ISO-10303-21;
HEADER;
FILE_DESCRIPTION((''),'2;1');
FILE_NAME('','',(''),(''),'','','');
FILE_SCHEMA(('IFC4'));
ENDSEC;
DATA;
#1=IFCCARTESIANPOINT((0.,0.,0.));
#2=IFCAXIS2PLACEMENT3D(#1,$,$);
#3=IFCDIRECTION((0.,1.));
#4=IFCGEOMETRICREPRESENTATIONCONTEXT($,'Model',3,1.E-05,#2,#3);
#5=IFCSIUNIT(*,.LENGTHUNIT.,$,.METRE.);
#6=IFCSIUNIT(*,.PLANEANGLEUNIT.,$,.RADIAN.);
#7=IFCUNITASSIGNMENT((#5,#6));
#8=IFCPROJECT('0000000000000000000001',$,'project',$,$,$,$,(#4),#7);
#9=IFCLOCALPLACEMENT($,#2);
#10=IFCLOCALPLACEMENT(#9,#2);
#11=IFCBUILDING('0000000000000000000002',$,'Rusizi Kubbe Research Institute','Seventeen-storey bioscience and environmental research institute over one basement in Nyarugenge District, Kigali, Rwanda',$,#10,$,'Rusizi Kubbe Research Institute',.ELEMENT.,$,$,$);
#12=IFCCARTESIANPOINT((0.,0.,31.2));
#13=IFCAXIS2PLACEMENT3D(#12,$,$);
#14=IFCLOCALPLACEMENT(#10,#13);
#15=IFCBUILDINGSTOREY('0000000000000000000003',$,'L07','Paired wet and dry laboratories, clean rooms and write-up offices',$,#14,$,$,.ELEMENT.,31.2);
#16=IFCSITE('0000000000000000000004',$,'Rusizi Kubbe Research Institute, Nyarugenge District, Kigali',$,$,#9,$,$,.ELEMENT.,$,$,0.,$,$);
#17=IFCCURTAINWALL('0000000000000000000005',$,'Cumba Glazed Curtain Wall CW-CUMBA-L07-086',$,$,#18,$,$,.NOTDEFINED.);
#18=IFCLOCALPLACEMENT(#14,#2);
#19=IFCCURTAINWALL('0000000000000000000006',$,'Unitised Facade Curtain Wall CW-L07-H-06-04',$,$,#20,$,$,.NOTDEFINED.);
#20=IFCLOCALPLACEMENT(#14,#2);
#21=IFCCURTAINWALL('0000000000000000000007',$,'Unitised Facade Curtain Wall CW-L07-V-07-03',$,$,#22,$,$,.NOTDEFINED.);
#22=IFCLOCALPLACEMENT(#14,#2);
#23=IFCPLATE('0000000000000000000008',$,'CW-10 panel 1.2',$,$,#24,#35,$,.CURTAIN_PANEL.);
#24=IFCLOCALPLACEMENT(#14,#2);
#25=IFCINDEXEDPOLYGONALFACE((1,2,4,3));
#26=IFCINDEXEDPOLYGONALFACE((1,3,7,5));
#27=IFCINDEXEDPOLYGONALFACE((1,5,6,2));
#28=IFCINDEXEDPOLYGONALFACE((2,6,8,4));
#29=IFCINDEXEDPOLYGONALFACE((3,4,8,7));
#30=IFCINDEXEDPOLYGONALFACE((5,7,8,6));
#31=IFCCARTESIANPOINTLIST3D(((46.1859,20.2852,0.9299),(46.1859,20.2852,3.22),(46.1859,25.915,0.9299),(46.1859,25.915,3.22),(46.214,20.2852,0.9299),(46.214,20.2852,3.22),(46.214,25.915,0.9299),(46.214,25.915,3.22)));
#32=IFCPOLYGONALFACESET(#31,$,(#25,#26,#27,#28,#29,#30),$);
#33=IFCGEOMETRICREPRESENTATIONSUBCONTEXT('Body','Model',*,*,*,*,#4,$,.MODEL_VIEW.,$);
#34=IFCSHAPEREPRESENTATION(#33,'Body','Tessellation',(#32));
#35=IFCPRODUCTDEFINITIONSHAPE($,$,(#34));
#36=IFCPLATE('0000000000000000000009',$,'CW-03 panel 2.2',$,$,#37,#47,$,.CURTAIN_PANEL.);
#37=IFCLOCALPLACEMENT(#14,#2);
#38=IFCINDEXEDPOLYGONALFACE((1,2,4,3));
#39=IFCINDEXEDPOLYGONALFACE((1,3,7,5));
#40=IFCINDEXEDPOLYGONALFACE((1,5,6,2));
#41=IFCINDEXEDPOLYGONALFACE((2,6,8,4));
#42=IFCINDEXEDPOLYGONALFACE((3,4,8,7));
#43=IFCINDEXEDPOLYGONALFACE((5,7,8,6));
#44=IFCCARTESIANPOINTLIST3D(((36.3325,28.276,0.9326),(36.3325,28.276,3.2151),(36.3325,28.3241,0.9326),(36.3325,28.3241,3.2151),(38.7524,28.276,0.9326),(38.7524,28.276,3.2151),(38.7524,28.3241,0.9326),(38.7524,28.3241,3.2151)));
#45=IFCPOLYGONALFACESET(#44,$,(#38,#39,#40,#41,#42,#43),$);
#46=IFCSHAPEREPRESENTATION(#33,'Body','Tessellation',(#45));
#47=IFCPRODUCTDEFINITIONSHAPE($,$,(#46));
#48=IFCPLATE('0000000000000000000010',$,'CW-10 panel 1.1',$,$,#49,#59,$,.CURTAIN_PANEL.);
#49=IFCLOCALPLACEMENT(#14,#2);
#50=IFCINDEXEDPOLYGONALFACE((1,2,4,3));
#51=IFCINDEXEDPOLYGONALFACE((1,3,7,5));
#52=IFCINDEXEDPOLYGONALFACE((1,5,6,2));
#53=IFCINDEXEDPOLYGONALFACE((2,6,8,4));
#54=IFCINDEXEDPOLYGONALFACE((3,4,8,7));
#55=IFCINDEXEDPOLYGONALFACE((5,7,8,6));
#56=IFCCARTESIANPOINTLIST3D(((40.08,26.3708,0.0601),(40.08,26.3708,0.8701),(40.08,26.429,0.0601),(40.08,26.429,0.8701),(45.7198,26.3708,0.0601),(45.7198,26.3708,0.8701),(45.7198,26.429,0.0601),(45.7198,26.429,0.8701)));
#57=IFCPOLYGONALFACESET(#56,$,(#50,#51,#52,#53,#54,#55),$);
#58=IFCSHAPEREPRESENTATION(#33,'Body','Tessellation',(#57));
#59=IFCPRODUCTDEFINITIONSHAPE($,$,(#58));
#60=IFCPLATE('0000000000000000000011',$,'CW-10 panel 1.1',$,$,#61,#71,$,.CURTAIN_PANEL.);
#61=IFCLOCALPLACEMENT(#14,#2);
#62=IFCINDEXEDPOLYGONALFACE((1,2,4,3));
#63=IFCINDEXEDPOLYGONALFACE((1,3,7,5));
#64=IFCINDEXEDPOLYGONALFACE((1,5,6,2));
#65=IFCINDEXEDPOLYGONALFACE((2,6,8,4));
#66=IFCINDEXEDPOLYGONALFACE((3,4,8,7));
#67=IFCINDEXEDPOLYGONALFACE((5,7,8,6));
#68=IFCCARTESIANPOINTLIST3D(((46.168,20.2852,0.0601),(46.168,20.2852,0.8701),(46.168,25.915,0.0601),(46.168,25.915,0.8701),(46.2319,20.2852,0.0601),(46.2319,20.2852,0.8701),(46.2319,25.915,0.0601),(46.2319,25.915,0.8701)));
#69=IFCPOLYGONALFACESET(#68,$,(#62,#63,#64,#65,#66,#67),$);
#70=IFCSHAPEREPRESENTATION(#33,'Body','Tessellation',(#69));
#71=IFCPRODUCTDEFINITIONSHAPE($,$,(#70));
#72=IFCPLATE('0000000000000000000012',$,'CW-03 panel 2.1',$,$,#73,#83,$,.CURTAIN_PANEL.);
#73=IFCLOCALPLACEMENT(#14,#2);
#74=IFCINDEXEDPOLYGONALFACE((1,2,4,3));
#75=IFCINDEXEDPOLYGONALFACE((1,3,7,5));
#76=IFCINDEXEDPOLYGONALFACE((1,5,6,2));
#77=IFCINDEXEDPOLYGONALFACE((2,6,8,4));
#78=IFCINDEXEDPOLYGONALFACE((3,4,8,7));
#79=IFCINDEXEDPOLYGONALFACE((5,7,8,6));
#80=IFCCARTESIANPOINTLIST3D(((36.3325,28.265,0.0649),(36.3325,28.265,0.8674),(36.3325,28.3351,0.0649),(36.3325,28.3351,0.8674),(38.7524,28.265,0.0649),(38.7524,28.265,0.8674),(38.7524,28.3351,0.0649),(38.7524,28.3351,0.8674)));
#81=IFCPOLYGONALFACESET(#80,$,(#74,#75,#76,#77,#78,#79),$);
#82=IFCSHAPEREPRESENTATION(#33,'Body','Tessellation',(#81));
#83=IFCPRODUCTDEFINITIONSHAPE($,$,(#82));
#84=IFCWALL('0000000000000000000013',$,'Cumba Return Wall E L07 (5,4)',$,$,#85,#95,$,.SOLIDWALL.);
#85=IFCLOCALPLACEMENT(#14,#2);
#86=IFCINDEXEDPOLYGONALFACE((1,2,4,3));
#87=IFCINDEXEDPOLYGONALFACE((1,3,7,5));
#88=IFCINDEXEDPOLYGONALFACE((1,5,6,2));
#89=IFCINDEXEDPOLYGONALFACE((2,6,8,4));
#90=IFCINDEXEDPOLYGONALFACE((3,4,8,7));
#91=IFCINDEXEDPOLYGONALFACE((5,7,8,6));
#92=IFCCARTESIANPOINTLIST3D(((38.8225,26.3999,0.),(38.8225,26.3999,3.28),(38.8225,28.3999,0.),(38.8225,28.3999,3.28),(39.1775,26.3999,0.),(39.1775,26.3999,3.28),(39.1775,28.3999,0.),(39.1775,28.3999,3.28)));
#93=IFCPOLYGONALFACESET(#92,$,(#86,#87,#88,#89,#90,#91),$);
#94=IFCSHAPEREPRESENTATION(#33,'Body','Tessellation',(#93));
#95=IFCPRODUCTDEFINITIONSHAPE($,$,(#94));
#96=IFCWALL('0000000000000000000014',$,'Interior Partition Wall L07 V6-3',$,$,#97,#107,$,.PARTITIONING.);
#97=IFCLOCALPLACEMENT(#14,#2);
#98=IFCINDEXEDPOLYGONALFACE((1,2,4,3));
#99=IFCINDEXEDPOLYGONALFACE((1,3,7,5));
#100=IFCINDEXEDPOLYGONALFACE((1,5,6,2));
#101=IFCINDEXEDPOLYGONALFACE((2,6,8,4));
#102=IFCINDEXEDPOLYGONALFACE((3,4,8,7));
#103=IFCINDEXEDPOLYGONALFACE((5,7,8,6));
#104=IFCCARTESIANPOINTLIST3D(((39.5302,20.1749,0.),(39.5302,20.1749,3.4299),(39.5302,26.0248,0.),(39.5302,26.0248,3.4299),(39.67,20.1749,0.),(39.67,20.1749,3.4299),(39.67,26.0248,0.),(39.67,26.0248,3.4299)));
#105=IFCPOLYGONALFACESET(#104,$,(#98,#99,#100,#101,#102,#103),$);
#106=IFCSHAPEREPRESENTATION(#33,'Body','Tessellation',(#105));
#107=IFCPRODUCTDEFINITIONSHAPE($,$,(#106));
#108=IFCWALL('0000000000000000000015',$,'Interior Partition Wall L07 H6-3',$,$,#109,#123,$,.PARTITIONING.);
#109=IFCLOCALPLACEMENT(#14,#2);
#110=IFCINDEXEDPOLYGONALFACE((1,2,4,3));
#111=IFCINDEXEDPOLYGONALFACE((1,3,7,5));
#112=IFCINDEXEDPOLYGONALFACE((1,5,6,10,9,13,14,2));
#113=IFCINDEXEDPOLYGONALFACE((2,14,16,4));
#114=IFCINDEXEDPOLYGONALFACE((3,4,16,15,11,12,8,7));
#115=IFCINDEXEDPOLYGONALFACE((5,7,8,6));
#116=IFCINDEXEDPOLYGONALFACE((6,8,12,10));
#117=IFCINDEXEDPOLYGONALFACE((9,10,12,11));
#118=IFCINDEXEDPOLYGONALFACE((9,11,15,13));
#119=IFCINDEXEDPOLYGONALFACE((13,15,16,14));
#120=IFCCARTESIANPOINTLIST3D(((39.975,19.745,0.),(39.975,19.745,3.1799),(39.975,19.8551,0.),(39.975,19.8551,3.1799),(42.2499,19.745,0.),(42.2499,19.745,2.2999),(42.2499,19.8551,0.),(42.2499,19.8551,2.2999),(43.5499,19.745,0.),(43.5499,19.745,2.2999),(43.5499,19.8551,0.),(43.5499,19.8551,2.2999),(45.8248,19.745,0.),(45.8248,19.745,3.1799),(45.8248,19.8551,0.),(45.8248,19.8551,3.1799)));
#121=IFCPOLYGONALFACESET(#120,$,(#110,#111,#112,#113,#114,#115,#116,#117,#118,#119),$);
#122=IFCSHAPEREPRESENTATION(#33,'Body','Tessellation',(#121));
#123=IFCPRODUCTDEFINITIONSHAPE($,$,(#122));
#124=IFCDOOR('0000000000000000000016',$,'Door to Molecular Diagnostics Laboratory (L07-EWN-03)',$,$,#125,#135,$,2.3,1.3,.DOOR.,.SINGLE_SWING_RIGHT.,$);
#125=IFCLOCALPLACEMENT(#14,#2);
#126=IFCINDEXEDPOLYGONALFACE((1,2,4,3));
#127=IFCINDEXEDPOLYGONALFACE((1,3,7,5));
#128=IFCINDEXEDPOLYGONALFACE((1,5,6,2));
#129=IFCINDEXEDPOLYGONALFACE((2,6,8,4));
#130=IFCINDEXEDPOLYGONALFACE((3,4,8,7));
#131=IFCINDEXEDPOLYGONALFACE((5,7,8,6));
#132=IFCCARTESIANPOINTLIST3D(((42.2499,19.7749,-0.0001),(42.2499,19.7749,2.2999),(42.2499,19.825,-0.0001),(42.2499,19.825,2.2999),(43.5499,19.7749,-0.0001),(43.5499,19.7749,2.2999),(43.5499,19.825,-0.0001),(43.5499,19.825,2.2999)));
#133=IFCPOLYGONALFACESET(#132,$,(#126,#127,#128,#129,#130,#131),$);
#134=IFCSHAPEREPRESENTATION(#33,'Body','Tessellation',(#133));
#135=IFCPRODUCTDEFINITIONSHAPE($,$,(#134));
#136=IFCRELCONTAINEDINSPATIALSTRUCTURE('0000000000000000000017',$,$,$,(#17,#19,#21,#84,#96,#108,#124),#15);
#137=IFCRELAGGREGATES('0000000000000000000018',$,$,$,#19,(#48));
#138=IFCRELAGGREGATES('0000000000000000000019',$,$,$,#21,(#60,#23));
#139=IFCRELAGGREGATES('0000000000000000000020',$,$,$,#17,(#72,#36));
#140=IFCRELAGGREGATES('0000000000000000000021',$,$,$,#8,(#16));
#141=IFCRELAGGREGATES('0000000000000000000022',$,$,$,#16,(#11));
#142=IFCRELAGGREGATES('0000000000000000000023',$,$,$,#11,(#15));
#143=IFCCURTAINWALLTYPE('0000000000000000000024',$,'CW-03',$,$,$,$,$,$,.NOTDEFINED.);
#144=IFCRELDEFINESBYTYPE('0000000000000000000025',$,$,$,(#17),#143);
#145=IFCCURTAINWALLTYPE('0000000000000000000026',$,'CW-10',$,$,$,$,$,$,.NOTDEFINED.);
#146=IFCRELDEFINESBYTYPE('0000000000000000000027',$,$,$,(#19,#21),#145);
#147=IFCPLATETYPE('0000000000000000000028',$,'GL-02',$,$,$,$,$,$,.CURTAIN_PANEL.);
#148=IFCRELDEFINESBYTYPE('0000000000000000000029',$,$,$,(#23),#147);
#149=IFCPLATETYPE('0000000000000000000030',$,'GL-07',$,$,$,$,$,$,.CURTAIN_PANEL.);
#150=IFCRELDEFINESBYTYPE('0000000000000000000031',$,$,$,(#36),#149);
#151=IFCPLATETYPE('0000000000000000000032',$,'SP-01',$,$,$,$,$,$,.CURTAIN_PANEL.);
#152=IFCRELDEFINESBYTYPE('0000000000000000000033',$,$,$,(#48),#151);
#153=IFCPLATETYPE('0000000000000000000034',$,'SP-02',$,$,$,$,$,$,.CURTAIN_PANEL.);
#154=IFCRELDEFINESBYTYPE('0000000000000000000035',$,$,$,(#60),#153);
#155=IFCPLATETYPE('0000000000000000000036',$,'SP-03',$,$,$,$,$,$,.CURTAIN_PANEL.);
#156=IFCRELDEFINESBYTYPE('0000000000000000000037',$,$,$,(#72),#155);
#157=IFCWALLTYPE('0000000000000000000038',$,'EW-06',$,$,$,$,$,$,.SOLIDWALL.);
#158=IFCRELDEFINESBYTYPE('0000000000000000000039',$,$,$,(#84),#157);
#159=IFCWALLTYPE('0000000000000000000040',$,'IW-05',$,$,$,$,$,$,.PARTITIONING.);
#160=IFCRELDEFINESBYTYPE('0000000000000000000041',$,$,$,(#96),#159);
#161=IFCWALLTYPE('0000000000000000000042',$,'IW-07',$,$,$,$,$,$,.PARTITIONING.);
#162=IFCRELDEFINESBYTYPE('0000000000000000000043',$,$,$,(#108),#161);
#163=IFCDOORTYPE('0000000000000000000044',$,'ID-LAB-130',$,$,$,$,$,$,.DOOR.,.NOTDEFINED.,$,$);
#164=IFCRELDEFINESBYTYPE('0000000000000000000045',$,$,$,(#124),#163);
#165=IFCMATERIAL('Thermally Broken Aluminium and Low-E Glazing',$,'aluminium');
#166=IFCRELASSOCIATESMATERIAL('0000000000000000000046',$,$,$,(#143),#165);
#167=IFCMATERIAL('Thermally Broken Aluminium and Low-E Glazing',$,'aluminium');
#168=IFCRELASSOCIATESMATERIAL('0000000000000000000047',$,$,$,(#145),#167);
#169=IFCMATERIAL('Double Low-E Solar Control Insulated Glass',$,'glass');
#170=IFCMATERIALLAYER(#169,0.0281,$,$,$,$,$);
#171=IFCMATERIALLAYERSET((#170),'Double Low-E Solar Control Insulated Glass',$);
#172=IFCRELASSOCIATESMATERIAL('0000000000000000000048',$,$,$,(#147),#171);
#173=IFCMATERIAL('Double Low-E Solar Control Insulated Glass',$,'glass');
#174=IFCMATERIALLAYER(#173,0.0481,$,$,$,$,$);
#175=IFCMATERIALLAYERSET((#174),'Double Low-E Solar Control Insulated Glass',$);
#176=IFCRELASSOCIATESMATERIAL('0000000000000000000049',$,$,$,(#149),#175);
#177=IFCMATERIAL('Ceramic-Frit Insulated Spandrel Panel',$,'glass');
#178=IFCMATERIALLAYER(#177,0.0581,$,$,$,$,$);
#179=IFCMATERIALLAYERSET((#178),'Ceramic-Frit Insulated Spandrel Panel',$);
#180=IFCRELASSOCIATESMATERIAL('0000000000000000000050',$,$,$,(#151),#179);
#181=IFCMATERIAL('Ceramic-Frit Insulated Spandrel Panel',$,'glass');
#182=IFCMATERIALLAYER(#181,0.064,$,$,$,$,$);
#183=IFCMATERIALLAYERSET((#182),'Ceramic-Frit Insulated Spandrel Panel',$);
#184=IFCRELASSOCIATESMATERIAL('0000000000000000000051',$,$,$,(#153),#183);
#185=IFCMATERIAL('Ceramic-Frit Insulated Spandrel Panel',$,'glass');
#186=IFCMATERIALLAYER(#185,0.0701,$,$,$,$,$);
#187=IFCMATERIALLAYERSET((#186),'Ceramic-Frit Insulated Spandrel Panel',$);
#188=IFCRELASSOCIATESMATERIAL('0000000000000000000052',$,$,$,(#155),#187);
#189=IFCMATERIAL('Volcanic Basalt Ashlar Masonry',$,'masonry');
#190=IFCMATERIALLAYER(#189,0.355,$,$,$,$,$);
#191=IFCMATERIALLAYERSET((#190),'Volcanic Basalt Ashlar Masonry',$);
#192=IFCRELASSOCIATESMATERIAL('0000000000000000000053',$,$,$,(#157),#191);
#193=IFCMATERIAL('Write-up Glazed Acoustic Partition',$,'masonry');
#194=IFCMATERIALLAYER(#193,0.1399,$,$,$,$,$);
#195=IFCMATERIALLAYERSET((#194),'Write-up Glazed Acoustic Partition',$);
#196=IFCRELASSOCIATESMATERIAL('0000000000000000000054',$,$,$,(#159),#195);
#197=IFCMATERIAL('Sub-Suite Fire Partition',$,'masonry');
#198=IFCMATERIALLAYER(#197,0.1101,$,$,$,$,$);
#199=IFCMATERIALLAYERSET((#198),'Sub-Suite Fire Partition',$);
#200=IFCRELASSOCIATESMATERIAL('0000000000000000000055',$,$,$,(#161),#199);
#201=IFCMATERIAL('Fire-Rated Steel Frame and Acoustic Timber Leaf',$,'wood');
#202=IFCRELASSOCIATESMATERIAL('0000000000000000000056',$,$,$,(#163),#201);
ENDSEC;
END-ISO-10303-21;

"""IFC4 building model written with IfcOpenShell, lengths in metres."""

from ifc_helpers import new_model, si_unit, direction, frame, frame_2d, origin, origin_2d, place, context, subcontext, project, spatial, rectangle, extrude, material, layer, layer_set, type_object, element, fill, aggregate, save


model = new_model("IFC4")

# Units and contexts
model_context = context("Model", 3, precision=1e-05, world=origin(), true_north=direction((0.0, 1.0)))
body_context = subcontext(model_context, "Body", "Model", "MODEL_VIEW")
ifc_project = project(units=[si_unit("LENGTHUNIT", "METRE"), si_unit("PLANEANGLEUNIT", "RADIAN")], contexts=[model_context])

# Site, building, storey
site_placement = place(None, origin())
site = spatial("IfcSite", under=ifc_project, at=site_placement, Name="Rusizi Kubbe Research Institute, Nyarugenge District, Kigali", CompositionType="ELEMENT", RefElevation=0.0)
building_placement = place(site_placement, origin())
building = spatial("IfcBuilding", under=site, at=building_placement, Name="Rusizi Kubbe Research Institute", Description="Seventeen-storey bioscience and environmental research institute over one basement in Nyarugenge District, Kigali, Rwanda", LongName="Rusizi Kubbe Research Institute", CompositionType="ELEMENT")
storey_placement = place(building_placement, frame((0.0, 0.0, 31.2)))
storey = spatial("IfcBuildingStorey", under=building, at=storey_placement, Name="L07", Description="Paired wet and dry laboratories, clean rooms and write-up offices", CompositionType="ELEMENT", Elevation=31.2)

# Curtain wall
ifc_material_1 = material(Name="Thermally Broken Aluminium and Low-E Glazing", Category="aluminium")
curtain_wall_type_1 = type_object("IfcCurtainWallType", Name="CW-03", PredefinedType="NOTDEFINED", material=ifc_material_1)
curtain_wall_1_placement = place(storey_placement, origin())
curtain_wall_1 = element("IfcCurtainWall", 1, at=curtain_wall_1_placement, inside=storey, type_object=curtain_wall_type_1, Name="Cumba Glazed Curtain Wall CW-CUMBA-L07-086", PredefinedType="NOTDEFINED")

# Curtain walls
ifc_material_2 = material(Name="Thermally Broken Aluminium and Low-E Glazing", Category="aluminium")
curtain_wall_type_2 = type_object("IfcCurtainWallType", Name="CW-10", PredefinedType="NOTDEFINED", material=ifc_material_2)
curtain_wall_2_placement = place(storey_placement, origin())
curtain_wall_2 = element("IfcCurtainWall", 2, at=curtain_wall_2_placement, inside=storey, type_object=curtain_wall_type_2, Name="Unitised Facade Curtain Wall CW-L07-H-06-04", PredefinedType="NOTDEFINED")
curtain_wall_3_placement = place(storey_placement, origin())
curtain_wall_3 = element("IfcCurtainWall", 3, at=curtain_wall_3_placement, inside=storey, type_object=curtain_wall_type_2, Name="Unitised Facade Curtain Wall CW-L07-V-07-03", PredefinedType="NOTDEFINED")

# Plates
ifc_material_3 = material(Name="Double Low-E Solar Control Insulated Glass", Category="glass")
ifc_layer_1 = layer(ifc_material_3, 0.0281)
ifc_layer_set_1 = layer_set([ifc_layer_1], Name="Double Low-E Solar Control Insulated Glass")
plate_type_1 = type_object("IfcPlateType", Name="GL-02", PredefinedType="CURTAIN_PANEL", material=ifc_layer_set_1)
plate_1_placement = place(storey_placement, frame((46.2, 23.1001, 0.9299), z_axis=(0.0, 0.0, 1.0), x_axis=(0.0, 1.0, 0.0)))
plate_1 = element("IfcPlate", 4, at=plate_1_placement, type_object=plate_type_1, Name="CW-10 panel 1.2", PredefinedType="CURTAIN_PANEL", context=body_context, shape_type="SweptSolid", body=[
    extrude(rectangle(XDim=5.6299, YDim=0.0281, at=origin_2d()), origin(), (0.0, 0.0, 1.0), 2.29),
])
ifc_material_4 = material(Name="Double Low-E Solar Control Insulated Glass", Category="glass")
ifc_layer_2 = layer(ifc_material_4, 0.0481)
ifc_layer_set_2 = layer_set([ifc_layer_2], Name="Double Low-E Solar Control Insulated Glass")
plate_type_2 = type_object("IfcPlateType", Name="GL-07", PredefinedType="CURTAIN_PANEL", material=ifc_layer_set_2)
plate_2_placement = place(storey_placement, frame((37.5425, 28.3, 0.9326), z_axis=(0.0, 0.0, 1.0), x_axis=(1.0, 0.0, 0.0)))
plate_2 = element("IfcPlate", 5, at=plate_2_placement, type_object=plate_type_2, Name="CW-03 panel 2.2", PredefinedType="CURTAIN_PANEL", context=body_context, shape_type="SweptSolid", body=[
    extrude(rectangle(XDim=2.4199, YDim=0.0481, at=origin_2d()), origin(), (0.0, 0.0, 1.0), 2.2825),
])
ifc_material_5 = material(Name="Ceramic-Frit Insulated Spandrel Panel", Category="glass")
ifc_layer_3 = layer(ifc_material_5, 0.0581)
ifc_layer_set_3 = layer_set([ifc_layer_3], Name="Ceramic-Frit Insulated Spandrel Panel")
plate_type_3 = type_object("IfcPlateType", Name="SP-01", PredefinedType="CURTAIN_PANEL", material=ifc_layer_set_3)
plate_3_placement = place(storey_placement, frame((42.8999, 26.3999, 0.0601), z_axis=(0.0, 0.0, 1.0), x_axis=(1.0, 0.0, 0.0)))
plate_3 = element("IfcPlate", 6, at=plate_3_placement, type_object=plate_type_3, Name="CW-10 panel 1.1", PredefinedType="CURTAIN_PANEL", context=body_context, shape_type="SweptSolid", body=[
    extrude(rectangle(XDim=5.6399, YDim=0.0581, at=origin_2d()), origin(), (0.0, 0.0, 1.0), 0.8101),
])
aggregate(curtain_wall_2, [plate_3])
ifc_material_6 = material(Name="Ceramic-Frit Insulated Spandrel Panel", Category="glass")
ifc_layer_4 = layer(ifc_material_6, 0.064)
ifc_layer_set_4 = layer_set([ifc_layer_4], Name="Ceramic-Frit Insulated Spandrel Panel")
plate_type_4 = type_object("IfcPlateType", Name="SP-02", PredefinedType="CURTAIN_PANEL", material=ifc_layer_set_4)
plate_4_placement = place(storey_placement, frame((46.2, 23.1001, 0.0601), z_axis=(0.0, 0.0, 1.0), x_axis=(0.0, 1.0, 0.0)))
plate_4 = element("IfcPlate", 7, at=plate_4_placement, type_object=plate_type_4, Name="CW-10 panel 1.1", PredefinedType="CURTAIN_PANEL", context=body_context, shape_type="SweptSolid", body=[
    extrude(rectangle(XDim=5.6299, YDim=0.064, at=origin_2d()), origin(), (0.0, 0.0, 1.0), 0.8101),
])
aggregate(curtain_wall_3, [plate_4, plate_1])
ifc_material_7 = material(Name="Ceramic-Frit Insulated Spandrel Panel", Category="glass")
ifc_layer_5 = layer(ifc_material_7, 0.0701)
ifc_layer_set_5 = layer_set([ifc_layer_5], Name="Ceramic-Frit Insulated Spandrel Panel")
plate_type_5 = type_object("IfcPlateType", Name="SP-03", PredefinedType="CURTAIN_PANEL", material=ifc_layer_set_5)
plate_5_placement = place(storey_placement, frame((37.5425, 28.3, 0.0649), z_axis=(0.0, 0.0, 1.0), x_axis=(1.0, 0.0, 0.0)))
plate_5 = element("IfcPlate", 8, at=plate_5_placement, type_object=plate_type_5, Name="CW-03 panel 2.1", PredefinedType="CURTAIN_PANEL", context=body_context, shape_type="SweptSolid", body=[
    extrude(rectangle(XDim=2.4199, YDim=0.0701, at=origin_2d()), origin(), (0.0, 0.0, 1.0), 0.8025),
])
aggregate(curtain_wall_1, [plate_5, plate_2])

# Walls
ifc_material_8 = material(Name="Volcanic Basalt Ashlar Masonry", Category="masonry")
ifc_layer_6 = layer(ifc_material_8, 0.355)
ifc_layer_set_6 = layer_set([ifc_layer_6], Name="Volcanic Basalt Ashlar Masonry")
wall_type_1 = type_object("IfcWallType", Name="EW-06", PredefinedType="SOLIDWALL", material=ifc_layer_set_6)
wall_1_placement = place(storey_placement, frame((39.0, 26.3999, 0.0), z_axis=(0.0, 0.0, 1.0), x_axis=(0.0, 1.0, 0.0)))
element("IfcWall", 9, at=wall_1_placement, inside=storey, type_object=wall_type_1, Name="Cumba Return Wall E L07 (5,4)", PredefinedType="SOLIDWALL", context=body_context, shape_type="SweptSolid", body=[
    extrude(rectangle(XDim=2.0, YDim=0.355, at=frame_2d((1.0, 0.0))), origin(), (0.0, 0.0, 1.0), 3.28),
])
ifc_material_9 = material(Name="Write-up Glazed Acoustic Partition", Category="masonry")
ifc_layer_7 = layer(ifc_material_9, 0.1399)
ifc_layer_set_7 = layer_set([ifc_layer_7], Name="Write-up Glazed Acoustic Partition")
wall_type_2 = type_object("IfcWallType", Name="IW-05", PredefinedType="PARTITIONING", material=ifc_layer_set_7)
wall_2_placement = place(storey_placement, frame((39.6001, 20.175, 0.0), z_axis=(0.0, 0.0, 1.0), x_axis=(0.0, 1.0, 0.0)))
element("IfcWall", 10, at=wall_2_placement, inside=storey, type_object=wall_type_2, Name="Interior Partition Wall L07 V6-3", PredefinedType="PARTITIONING", context=body_context, shape_type="SweptSolid", body=[
    extrude(rectangle(XDim=5.8499, YDim=0.1399, at=frame_2d((2.9248, 0.0))), origin(), (0.0, 0.0, 1.0), 3.4299),
])

# Wall, opening, door
ifc_material_10 = material(Name="Sub-Suite Fire Partition", Category="masonry")
ifc_layer_8 = layer(ifc_material_10, 0.1101)
ifc_layer_set_8 = layer_set([ifc_layer_8], Name="Sub-Suite Fire Partition")
wall_type_3 = type_object("IfcWallType", Name="IW-07", PredefinedType="PARTITIONING", material=ifc_layer_set_8)
wall_3_placement = place(storey_placement, frame((39.9751, 19.8, 0.0), z_axis=(0.0, 0.0, 1.0), x_axis=(1.0, 0.0, 0.0)))
wall_3 = element("IfcWall", 11, at=wall_3_placement, inside=storey, type_object=wall_type_3, Name="Interior Partition Wall L07 H6-3", PredefinedType="PARTITIONING", context=body_context, shape_type="SweptSolid", body=[
    extrude(rectangle(XDim=5.8499, YDim=0.1101, at=frame_2d((2.9248, 0.0))), origin(), (0.0, 0.0, 1.0), 3.1799),
])
opening_placement = place(wall_3_placement, frame((2.2749, 0.0, 0.0)))
opening = element("IfcOpeningElement", 12, at=opening_placement, cuts=wall_3, PredefinedType="OPENING", context=body_context, shape_type="SweptSolid", body=[
    extrude(rectangle(XDim=1.3, YDim=2.3, at=frame_2d((0.6499, 1.1499))), frame((0.0, 0.0649, 0.0), z_axis=(0.0, -1.0, 0.0), x_axis=(1.0, 0.0, 0.0)), (0.0, 0.0, 1.0), 0.1301),
])
ifc_material_11 = material(Name="Fire-Rated Steel Frame and Acoustic Timber Leaf", Category="wood")
door_type = type_object("IfcDoorType", Name="ID-LAB-130", OperationType="NOTDEFINED", PredefinedType="DOOR", material=ifc_material_11)
door_placement = place(opening_placement, origin())
door = element("IfcDoor", 13, at=door_placement, inside=storey, type_object=door_type, Name="Door to Molecular Diagnostics Laboratory (L07-EWN-03)", OperationType="SINGLE_SWING_RIGHT", OverallHeight=2.3, OverallWidth=1.3, PredefinedType="DOOR", context=body_context, shape_type="SweptSolid", body=[
    extrude(rectangle(XDim=1.3, YDim=2.3, at=frame_2d((0.6499, 1.1499))), frame((0.0, 0.0249, 0.0), z_axis=(0.0, -1.0, 0.0), x_axis=(1.0, 0.0, 0.0)), (0.0, 0.0, 1.0), 0.05),
])
fill(opening, door)

save(model, "model.ifc")
